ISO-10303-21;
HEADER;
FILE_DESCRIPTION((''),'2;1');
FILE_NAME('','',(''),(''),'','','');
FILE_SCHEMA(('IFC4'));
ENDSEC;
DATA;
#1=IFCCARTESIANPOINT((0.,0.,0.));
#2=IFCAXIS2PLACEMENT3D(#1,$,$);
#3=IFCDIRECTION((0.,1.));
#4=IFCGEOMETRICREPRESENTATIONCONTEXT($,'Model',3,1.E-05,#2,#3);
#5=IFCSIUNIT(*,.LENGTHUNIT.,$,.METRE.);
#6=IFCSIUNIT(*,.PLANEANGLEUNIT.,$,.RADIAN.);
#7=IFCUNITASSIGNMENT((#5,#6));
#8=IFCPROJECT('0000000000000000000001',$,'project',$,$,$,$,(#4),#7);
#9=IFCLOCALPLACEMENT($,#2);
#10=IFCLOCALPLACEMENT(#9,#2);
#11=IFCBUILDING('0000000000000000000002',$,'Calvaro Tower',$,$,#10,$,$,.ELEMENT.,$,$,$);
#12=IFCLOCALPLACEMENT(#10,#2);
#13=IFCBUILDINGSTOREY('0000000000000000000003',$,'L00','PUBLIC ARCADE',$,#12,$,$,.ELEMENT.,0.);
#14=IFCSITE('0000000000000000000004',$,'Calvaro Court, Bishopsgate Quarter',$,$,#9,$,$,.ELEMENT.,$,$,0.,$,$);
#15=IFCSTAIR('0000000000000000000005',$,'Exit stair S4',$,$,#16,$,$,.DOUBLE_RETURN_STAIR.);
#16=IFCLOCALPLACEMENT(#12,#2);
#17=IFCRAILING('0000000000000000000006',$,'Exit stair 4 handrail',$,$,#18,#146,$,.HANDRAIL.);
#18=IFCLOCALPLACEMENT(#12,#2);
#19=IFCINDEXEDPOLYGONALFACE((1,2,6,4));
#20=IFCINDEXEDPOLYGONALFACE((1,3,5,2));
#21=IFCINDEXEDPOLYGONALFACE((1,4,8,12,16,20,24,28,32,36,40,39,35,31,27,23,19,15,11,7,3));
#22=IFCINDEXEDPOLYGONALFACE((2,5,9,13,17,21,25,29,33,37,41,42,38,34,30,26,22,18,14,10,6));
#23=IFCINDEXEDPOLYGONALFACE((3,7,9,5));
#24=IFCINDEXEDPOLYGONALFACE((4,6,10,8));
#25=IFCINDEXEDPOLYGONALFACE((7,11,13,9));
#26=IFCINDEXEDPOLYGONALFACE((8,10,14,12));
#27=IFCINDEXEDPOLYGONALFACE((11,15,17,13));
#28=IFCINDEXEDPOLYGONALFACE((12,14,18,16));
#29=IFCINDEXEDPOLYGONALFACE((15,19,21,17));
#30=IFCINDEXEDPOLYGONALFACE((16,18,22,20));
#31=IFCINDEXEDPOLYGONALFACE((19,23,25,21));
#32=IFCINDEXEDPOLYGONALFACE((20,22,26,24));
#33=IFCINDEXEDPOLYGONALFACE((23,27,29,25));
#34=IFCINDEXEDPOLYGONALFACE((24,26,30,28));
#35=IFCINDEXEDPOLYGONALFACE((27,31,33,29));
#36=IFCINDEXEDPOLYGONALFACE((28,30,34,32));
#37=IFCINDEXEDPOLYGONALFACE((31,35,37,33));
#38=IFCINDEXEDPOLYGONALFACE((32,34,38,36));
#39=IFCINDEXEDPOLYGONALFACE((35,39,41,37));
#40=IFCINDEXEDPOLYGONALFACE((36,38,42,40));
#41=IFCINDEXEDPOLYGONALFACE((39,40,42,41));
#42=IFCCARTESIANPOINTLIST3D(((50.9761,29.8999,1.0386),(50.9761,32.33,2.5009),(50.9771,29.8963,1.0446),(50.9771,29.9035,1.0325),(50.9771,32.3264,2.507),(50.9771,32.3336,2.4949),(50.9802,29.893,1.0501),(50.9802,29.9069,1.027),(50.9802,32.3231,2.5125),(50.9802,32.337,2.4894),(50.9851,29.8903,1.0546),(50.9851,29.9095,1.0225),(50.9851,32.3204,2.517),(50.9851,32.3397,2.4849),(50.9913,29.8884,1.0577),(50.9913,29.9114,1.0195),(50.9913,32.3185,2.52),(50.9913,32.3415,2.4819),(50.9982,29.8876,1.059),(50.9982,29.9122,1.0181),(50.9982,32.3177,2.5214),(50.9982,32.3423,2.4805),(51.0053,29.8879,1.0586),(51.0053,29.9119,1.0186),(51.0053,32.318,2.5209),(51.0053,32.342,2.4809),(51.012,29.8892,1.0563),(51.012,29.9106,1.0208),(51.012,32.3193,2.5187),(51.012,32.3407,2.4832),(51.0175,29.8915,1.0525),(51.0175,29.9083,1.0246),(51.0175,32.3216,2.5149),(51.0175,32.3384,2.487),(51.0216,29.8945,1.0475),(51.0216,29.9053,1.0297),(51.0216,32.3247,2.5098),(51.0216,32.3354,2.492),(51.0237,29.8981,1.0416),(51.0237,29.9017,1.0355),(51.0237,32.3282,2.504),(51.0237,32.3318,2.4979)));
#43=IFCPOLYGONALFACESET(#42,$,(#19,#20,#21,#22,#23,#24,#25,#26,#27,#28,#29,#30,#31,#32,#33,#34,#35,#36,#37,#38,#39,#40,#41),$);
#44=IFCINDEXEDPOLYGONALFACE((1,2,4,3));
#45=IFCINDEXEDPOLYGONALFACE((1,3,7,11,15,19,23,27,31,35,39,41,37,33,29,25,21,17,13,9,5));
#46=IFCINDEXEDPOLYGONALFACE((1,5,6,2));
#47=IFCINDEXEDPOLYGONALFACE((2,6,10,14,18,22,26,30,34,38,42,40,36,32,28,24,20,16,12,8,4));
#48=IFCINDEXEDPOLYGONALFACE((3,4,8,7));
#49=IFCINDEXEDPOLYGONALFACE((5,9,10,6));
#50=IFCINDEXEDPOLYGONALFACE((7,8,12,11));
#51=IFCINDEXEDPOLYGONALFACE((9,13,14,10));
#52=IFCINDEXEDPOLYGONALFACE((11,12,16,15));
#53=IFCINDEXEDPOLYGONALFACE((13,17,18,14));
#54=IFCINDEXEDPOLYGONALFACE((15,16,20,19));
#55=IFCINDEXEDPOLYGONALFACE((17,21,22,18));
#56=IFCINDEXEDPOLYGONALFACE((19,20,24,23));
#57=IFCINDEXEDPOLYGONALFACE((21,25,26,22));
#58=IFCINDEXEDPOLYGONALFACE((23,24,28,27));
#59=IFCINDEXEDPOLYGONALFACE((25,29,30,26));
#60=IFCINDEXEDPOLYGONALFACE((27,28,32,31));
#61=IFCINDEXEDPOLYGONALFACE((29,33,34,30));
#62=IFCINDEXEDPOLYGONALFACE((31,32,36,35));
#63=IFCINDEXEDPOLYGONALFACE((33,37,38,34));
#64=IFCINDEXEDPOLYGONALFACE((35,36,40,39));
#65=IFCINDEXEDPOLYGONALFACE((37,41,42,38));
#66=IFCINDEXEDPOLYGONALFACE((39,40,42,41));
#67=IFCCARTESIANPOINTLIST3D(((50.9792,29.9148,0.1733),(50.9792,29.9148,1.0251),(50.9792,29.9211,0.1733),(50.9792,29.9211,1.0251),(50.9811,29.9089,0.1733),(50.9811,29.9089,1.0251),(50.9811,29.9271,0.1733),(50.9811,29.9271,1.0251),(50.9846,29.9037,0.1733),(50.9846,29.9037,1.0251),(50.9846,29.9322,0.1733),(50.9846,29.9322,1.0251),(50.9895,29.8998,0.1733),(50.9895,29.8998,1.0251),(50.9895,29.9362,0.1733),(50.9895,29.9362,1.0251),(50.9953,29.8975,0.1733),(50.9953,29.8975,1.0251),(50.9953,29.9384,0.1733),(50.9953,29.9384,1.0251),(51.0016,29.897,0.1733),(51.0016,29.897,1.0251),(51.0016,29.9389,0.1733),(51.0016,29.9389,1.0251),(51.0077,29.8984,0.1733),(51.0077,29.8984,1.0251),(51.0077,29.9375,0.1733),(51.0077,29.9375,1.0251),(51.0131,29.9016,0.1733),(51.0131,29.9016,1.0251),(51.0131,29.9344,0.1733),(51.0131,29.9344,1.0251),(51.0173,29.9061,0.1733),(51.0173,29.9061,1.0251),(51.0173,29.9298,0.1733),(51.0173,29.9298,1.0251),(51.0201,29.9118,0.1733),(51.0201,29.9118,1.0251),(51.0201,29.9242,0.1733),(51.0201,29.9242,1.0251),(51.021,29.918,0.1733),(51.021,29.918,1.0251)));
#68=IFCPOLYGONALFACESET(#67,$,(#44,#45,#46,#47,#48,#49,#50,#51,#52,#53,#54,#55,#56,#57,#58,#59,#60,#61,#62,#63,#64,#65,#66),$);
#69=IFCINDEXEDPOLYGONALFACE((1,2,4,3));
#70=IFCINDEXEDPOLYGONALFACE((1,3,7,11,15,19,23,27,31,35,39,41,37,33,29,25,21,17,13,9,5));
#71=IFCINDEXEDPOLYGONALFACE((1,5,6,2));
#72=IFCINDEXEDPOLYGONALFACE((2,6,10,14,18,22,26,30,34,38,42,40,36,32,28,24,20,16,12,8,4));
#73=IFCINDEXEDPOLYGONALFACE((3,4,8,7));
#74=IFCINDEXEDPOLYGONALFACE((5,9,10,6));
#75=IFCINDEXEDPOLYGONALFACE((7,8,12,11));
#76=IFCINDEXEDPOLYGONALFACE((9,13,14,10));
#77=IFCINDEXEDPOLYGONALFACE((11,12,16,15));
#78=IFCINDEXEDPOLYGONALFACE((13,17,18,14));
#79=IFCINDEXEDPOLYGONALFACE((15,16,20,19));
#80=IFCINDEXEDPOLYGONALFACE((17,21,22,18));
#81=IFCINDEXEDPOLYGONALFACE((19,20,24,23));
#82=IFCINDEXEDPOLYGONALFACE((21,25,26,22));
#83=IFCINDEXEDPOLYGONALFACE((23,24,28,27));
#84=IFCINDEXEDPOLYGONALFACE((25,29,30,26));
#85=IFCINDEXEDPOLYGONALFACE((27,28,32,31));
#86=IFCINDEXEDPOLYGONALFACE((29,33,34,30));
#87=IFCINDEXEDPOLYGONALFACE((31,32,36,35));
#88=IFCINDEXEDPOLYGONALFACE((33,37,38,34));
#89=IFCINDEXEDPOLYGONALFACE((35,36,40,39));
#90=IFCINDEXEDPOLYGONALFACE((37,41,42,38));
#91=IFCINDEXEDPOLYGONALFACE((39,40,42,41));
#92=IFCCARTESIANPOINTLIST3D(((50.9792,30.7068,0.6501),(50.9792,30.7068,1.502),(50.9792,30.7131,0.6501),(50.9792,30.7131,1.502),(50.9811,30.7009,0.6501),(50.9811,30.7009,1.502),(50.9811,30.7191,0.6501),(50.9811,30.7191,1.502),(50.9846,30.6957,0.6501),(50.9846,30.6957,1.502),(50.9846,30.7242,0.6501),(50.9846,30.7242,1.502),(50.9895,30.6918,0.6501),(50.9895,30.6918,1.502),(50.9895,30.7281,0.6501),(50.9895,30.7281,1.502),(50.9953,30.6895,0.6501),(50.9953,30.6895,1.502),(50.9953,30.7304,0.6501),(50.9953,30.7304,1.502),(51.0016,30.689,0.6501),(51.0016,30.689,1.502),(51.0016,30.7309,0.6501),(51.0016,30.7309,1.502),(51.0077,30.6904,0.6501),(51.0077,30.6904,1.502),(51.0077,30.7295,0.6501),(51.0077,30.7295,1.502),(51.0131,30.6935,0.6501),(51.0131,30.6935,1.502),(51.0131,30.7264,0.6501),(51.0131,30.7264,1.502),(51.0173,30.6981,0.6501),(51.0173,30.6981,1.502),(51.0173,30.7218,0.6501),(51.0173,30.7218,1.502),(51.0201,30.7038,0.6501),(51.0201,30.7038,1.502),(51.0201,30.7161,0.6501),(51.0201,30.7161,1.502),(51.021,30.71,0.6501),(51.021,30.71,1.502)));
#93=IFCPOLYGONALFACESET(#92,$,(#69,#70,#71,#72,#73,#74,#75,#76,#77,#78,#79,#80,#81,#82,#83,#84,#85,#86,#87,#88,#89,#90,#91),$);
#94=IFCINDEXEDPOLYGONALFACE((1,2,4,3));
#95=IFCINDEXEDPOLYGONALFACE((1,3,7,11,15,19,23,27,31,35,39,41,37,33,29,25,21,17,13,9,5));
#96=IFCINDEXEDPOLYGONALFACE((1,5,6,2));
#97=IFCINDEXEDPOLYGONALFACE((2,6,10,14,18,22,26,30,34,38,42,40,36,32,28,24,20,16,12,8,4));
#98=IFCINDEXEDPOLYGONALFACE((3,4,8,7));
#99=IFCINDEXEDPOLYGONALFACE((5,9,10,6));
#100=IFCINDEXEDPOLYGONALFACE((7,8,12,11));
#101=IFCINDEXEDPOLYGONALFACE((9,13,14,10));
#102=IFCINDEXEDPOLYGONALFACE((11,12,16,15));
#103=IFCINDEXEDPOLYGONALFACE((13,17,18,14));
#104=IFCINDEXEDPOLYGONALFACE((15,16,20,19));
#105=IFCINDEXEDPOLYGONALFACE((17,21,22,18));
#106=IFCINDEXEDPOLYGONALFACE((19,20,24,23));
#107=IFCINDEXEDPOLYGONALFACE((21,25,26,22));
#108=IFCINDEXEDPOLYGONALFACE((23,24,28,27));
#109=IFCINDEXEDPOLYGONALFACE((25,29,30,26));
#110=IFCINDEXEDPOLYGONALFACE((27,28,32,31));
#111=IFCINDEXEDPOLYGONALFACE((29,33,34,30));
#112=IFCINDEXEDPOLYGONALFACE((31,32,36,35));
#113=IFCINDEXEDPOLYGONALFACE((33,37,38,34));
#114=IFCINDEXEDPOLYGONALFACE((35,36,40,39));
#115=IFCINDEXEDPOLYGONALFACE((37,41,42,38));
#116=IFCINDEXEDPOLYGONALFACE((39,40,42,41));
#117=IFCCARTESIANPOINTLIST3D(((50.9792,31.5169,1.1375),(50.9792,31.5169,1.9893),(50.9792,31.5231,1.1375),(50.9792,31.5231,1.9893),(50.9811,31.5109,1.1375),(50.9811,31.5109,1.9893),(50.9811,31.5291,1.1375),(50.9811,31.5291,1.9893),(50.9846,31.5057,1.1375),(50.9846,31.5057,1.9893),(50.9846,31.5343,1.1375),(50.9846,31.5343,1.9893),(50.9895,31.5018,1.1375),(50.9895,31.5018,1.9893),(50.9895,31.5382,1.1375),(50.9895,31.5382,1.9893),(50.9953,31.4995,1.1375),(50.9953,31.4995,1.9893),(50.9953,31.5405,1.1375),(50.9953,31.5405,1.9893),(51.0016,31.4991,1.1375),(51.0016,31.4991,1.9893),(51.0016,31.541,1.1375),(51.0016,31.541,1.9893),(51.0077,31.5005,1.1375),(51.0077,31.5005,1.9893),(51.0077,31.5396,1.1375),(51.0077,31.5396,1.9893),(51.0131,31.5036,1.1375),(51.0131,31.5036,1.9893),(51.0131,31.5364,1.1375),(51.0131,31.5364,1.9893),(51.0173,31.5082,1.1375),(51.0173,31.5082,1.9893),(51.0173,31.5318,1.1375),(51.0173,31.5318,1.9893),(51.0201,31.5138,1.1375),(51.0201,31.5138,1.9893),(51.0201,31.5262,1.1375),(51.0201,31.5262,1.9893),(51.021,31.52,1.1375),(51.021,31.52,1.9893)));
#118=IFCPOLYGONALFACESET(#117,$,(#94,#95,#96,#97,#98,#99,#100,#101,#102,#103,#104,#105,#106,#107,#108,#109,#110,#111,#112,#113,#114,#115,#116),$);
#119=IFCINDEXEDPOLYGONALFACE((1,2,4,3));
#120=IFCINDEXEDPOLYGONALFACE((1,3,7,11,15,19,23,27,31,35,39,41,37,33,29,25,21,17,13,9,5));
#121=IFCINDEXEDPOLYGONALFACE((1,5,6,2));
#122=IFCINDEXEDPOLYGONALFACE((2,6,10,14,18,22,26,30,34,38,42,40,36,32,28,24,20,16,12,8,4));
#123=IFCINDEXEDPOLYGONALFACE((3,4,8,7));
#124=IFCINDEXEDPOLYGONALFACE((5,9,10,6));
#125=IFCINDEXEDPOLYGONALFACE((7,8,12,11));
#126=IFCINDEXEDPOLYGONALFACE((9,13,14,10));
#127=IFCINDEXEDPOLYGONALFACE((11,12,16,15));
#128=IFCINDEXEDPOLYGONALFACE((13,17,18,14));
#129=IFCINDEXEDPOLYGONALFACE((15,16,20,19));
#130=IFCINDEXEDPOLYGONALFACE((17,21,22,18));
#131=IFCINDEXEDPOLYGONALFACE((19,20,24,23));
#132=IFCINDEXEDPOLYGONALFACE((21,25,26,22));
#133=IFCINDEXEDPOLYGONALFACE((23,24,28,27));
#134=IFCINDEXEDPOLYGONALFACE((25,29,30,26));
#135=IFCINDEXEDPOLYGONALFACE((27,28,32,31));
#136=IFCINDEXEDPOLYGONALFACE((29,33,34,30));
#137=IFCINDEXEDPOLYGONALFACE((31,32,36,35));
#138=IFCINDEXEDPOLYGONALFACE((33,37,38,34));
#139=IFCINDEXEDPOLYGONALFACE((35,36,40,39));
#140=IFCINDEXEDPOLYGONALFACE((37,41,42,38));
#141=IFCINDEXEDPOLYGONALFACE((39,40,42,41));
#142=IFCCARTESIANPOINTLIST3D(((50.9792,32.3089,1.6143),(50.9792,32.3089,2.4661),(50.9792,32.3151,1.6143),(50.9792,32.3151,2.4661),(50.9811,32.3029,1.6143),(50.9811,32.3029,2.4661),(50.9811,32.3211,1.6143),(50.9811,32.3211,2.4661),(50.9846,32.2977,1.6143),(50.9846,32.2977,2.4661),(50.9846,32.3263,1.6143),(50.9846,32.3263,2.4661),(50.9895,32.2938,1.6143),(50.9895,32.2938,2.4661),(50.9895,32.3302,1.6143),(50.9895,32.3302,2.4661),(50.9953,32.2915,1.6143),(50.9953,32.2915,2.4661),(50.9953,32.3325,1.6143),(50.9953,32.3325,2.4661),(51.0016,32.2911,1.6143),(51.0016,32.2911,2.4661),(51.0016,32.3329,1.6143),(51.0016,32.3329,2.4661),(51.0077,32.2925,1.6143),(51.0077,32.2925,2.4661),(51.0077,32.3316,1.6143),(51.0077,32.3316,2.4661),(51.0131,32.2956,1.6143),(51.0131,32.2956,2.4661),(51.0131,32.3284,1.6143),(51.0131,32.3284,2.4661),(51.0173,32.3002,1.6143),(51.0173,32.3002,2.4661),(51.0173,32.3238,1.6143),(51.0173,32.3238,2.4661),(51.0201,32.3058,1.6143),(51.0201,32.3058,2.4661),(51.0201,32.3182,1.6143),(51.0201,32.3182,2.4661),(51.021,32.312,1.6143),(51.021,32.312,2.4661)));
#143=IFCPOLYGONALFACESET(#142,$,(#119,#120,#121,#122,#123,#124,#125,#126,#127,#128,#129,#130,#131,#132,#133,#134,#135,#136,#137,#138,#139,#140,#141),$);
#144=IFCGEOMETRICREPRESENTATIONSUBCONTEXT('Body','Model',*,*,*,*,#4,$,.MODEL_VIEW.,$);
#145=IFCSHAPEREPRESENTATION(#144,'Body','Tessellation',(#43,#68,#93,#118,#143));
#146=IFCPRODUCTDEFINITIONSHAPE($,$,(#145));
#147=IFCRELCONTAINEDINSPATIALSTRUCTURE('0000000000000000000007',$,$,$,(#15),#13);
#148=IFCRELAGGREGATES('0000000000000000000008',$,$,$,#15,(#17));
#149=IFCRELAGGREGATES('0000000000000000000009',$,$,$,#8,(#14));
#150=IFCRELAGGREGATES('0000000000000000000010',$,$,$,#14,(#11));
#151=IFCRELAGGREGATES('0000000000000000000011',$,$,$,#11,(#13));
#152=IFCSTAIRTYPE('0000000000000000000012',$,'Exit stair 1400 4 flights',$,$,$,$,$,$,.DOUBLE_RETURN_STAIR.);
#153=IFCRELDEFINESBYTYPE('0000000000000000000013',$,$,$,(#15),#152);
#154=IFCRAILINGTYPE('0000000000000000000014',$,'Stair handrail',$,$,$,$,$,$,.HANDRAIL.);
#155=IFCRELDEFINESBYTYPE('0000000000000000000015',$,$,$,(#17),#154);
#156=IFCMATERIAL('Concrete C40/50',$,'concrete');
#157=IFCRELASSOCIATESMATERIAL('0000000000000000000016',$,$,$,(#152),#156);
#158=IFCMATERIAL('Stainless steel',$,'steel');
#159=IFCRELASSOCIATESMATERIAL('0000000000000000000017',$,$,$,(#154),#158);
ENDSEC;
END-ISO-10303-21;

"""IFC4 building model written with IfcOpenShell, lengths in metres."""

from ifc_helpers import new_model, si_unit, direction, frame, origin, origin_2d, place, context, subcontext, project, spatial, circle, extrude, material, type_object, element, aggregate, save


model = new_model("IFC4")

# Units and contexts
model_context = context("Model", 3, precision=1e-05, world=origin(), true_north=direction((0.0, 1.0)))
body_context = subcontext(model_context, "Body", "Model", "MODEL_VIEW")
ifc_project = project(units=[si_unit("LENGTHUNIT", "METRE"), si_unit("PLANEANGLEUNIT", "RADIAN")], contexts=[model_context])

# Site, building, storey
site_placement = place(None, origin())
site = spatial("IfcSite", under=ifc_project, at=site_placement, Name="Calvaro Court, Bishopsgate Quarter", CompositionType="ELEMENT", RefElevation=0.0)
building_placement = place(site_placement, origin())
building = spatial("IfcBuilding", under=site, at=building_placement, Name="Calvaro Tower", CompositionType="ELEMENT")
storey_placement = place(building_placement, origin())
storey = spatial("IfcBuildingStorey", under=building, at=storey_placement, Name="L00", Description="PUBLIC ARCADE", CompositionType="ELEMENT", Elevation=0.0)

# Stair
ifc_material_1 = material(Name="Concrete C40/50", Category="concrete")
stair_type = type_object("IfcStairType", Name="Exit stair 1400 4 flights", PredefinedType="DOUBLE_RETURN_STAIR", material=ifc_material_1)
stair_1_placement = place(storey_placement, origin())
stair_1 = element("IfcStair", 1, at=stair_1_placement, inside=storey, type_object=stair_type, Name="Exit stair S4", PredefinedType="DOUBLE_RETURN_STAIR")

# Railing
ifc_material_2 = material(Name="Stainless steel", Category="steel")
railing_type = type_object("IfcRailingType", Name="Stair handrail", PredefinedType="HANDRAIL", material=ifc_material_2)
railing_1_placement = place(storey_placement, frame((51.0, 29.8999, 0.1626)))
railing_1 = element("IfcRailing", 2, at=railing_1_placement, type_object=railing_type, Name="Exit stair 4 handrail", PredefinedType="HANDRAIL", context=body_context, shape_type="SweptSolid", body=[
    extrude(circle(Radius=0.0239, at=origin_2d()), frame((0.0, 0.0, 0.876), z_axis=(0.0, 0.856824, 0.515609), x_axis=(-1.0, 0.0, 0.0)), (0.0, 0.0, 1.0), 2.8362),
    extrude(circle(Radius=0.021, at=origin_2d()), frame((0.0, 0.0181, 0.0107)), (0.0, 0.0, 1.0), 0.8518),
    extrude(circle(Radius=0.021, at=origin_2d()), frame((0.0, 0.8101, 0.4875)), (0.0, 0.0, 1.0), 0.8518),
    extrude(circle(Radius=0.021, at=origin_2d()), frame((0.0, 1.6201, 0.9749)), (0.0, 0.0, 1.0), 0.8518),
    extrude(circle(Radius=0.021, at=origin_2d()), frame((0.0, 2.4121, 1.4517)), (0.0, 0.0, 1.0), 0.8518),
])
aggregate(stair_1, [railing_1])

save(model, "model.ifc")
